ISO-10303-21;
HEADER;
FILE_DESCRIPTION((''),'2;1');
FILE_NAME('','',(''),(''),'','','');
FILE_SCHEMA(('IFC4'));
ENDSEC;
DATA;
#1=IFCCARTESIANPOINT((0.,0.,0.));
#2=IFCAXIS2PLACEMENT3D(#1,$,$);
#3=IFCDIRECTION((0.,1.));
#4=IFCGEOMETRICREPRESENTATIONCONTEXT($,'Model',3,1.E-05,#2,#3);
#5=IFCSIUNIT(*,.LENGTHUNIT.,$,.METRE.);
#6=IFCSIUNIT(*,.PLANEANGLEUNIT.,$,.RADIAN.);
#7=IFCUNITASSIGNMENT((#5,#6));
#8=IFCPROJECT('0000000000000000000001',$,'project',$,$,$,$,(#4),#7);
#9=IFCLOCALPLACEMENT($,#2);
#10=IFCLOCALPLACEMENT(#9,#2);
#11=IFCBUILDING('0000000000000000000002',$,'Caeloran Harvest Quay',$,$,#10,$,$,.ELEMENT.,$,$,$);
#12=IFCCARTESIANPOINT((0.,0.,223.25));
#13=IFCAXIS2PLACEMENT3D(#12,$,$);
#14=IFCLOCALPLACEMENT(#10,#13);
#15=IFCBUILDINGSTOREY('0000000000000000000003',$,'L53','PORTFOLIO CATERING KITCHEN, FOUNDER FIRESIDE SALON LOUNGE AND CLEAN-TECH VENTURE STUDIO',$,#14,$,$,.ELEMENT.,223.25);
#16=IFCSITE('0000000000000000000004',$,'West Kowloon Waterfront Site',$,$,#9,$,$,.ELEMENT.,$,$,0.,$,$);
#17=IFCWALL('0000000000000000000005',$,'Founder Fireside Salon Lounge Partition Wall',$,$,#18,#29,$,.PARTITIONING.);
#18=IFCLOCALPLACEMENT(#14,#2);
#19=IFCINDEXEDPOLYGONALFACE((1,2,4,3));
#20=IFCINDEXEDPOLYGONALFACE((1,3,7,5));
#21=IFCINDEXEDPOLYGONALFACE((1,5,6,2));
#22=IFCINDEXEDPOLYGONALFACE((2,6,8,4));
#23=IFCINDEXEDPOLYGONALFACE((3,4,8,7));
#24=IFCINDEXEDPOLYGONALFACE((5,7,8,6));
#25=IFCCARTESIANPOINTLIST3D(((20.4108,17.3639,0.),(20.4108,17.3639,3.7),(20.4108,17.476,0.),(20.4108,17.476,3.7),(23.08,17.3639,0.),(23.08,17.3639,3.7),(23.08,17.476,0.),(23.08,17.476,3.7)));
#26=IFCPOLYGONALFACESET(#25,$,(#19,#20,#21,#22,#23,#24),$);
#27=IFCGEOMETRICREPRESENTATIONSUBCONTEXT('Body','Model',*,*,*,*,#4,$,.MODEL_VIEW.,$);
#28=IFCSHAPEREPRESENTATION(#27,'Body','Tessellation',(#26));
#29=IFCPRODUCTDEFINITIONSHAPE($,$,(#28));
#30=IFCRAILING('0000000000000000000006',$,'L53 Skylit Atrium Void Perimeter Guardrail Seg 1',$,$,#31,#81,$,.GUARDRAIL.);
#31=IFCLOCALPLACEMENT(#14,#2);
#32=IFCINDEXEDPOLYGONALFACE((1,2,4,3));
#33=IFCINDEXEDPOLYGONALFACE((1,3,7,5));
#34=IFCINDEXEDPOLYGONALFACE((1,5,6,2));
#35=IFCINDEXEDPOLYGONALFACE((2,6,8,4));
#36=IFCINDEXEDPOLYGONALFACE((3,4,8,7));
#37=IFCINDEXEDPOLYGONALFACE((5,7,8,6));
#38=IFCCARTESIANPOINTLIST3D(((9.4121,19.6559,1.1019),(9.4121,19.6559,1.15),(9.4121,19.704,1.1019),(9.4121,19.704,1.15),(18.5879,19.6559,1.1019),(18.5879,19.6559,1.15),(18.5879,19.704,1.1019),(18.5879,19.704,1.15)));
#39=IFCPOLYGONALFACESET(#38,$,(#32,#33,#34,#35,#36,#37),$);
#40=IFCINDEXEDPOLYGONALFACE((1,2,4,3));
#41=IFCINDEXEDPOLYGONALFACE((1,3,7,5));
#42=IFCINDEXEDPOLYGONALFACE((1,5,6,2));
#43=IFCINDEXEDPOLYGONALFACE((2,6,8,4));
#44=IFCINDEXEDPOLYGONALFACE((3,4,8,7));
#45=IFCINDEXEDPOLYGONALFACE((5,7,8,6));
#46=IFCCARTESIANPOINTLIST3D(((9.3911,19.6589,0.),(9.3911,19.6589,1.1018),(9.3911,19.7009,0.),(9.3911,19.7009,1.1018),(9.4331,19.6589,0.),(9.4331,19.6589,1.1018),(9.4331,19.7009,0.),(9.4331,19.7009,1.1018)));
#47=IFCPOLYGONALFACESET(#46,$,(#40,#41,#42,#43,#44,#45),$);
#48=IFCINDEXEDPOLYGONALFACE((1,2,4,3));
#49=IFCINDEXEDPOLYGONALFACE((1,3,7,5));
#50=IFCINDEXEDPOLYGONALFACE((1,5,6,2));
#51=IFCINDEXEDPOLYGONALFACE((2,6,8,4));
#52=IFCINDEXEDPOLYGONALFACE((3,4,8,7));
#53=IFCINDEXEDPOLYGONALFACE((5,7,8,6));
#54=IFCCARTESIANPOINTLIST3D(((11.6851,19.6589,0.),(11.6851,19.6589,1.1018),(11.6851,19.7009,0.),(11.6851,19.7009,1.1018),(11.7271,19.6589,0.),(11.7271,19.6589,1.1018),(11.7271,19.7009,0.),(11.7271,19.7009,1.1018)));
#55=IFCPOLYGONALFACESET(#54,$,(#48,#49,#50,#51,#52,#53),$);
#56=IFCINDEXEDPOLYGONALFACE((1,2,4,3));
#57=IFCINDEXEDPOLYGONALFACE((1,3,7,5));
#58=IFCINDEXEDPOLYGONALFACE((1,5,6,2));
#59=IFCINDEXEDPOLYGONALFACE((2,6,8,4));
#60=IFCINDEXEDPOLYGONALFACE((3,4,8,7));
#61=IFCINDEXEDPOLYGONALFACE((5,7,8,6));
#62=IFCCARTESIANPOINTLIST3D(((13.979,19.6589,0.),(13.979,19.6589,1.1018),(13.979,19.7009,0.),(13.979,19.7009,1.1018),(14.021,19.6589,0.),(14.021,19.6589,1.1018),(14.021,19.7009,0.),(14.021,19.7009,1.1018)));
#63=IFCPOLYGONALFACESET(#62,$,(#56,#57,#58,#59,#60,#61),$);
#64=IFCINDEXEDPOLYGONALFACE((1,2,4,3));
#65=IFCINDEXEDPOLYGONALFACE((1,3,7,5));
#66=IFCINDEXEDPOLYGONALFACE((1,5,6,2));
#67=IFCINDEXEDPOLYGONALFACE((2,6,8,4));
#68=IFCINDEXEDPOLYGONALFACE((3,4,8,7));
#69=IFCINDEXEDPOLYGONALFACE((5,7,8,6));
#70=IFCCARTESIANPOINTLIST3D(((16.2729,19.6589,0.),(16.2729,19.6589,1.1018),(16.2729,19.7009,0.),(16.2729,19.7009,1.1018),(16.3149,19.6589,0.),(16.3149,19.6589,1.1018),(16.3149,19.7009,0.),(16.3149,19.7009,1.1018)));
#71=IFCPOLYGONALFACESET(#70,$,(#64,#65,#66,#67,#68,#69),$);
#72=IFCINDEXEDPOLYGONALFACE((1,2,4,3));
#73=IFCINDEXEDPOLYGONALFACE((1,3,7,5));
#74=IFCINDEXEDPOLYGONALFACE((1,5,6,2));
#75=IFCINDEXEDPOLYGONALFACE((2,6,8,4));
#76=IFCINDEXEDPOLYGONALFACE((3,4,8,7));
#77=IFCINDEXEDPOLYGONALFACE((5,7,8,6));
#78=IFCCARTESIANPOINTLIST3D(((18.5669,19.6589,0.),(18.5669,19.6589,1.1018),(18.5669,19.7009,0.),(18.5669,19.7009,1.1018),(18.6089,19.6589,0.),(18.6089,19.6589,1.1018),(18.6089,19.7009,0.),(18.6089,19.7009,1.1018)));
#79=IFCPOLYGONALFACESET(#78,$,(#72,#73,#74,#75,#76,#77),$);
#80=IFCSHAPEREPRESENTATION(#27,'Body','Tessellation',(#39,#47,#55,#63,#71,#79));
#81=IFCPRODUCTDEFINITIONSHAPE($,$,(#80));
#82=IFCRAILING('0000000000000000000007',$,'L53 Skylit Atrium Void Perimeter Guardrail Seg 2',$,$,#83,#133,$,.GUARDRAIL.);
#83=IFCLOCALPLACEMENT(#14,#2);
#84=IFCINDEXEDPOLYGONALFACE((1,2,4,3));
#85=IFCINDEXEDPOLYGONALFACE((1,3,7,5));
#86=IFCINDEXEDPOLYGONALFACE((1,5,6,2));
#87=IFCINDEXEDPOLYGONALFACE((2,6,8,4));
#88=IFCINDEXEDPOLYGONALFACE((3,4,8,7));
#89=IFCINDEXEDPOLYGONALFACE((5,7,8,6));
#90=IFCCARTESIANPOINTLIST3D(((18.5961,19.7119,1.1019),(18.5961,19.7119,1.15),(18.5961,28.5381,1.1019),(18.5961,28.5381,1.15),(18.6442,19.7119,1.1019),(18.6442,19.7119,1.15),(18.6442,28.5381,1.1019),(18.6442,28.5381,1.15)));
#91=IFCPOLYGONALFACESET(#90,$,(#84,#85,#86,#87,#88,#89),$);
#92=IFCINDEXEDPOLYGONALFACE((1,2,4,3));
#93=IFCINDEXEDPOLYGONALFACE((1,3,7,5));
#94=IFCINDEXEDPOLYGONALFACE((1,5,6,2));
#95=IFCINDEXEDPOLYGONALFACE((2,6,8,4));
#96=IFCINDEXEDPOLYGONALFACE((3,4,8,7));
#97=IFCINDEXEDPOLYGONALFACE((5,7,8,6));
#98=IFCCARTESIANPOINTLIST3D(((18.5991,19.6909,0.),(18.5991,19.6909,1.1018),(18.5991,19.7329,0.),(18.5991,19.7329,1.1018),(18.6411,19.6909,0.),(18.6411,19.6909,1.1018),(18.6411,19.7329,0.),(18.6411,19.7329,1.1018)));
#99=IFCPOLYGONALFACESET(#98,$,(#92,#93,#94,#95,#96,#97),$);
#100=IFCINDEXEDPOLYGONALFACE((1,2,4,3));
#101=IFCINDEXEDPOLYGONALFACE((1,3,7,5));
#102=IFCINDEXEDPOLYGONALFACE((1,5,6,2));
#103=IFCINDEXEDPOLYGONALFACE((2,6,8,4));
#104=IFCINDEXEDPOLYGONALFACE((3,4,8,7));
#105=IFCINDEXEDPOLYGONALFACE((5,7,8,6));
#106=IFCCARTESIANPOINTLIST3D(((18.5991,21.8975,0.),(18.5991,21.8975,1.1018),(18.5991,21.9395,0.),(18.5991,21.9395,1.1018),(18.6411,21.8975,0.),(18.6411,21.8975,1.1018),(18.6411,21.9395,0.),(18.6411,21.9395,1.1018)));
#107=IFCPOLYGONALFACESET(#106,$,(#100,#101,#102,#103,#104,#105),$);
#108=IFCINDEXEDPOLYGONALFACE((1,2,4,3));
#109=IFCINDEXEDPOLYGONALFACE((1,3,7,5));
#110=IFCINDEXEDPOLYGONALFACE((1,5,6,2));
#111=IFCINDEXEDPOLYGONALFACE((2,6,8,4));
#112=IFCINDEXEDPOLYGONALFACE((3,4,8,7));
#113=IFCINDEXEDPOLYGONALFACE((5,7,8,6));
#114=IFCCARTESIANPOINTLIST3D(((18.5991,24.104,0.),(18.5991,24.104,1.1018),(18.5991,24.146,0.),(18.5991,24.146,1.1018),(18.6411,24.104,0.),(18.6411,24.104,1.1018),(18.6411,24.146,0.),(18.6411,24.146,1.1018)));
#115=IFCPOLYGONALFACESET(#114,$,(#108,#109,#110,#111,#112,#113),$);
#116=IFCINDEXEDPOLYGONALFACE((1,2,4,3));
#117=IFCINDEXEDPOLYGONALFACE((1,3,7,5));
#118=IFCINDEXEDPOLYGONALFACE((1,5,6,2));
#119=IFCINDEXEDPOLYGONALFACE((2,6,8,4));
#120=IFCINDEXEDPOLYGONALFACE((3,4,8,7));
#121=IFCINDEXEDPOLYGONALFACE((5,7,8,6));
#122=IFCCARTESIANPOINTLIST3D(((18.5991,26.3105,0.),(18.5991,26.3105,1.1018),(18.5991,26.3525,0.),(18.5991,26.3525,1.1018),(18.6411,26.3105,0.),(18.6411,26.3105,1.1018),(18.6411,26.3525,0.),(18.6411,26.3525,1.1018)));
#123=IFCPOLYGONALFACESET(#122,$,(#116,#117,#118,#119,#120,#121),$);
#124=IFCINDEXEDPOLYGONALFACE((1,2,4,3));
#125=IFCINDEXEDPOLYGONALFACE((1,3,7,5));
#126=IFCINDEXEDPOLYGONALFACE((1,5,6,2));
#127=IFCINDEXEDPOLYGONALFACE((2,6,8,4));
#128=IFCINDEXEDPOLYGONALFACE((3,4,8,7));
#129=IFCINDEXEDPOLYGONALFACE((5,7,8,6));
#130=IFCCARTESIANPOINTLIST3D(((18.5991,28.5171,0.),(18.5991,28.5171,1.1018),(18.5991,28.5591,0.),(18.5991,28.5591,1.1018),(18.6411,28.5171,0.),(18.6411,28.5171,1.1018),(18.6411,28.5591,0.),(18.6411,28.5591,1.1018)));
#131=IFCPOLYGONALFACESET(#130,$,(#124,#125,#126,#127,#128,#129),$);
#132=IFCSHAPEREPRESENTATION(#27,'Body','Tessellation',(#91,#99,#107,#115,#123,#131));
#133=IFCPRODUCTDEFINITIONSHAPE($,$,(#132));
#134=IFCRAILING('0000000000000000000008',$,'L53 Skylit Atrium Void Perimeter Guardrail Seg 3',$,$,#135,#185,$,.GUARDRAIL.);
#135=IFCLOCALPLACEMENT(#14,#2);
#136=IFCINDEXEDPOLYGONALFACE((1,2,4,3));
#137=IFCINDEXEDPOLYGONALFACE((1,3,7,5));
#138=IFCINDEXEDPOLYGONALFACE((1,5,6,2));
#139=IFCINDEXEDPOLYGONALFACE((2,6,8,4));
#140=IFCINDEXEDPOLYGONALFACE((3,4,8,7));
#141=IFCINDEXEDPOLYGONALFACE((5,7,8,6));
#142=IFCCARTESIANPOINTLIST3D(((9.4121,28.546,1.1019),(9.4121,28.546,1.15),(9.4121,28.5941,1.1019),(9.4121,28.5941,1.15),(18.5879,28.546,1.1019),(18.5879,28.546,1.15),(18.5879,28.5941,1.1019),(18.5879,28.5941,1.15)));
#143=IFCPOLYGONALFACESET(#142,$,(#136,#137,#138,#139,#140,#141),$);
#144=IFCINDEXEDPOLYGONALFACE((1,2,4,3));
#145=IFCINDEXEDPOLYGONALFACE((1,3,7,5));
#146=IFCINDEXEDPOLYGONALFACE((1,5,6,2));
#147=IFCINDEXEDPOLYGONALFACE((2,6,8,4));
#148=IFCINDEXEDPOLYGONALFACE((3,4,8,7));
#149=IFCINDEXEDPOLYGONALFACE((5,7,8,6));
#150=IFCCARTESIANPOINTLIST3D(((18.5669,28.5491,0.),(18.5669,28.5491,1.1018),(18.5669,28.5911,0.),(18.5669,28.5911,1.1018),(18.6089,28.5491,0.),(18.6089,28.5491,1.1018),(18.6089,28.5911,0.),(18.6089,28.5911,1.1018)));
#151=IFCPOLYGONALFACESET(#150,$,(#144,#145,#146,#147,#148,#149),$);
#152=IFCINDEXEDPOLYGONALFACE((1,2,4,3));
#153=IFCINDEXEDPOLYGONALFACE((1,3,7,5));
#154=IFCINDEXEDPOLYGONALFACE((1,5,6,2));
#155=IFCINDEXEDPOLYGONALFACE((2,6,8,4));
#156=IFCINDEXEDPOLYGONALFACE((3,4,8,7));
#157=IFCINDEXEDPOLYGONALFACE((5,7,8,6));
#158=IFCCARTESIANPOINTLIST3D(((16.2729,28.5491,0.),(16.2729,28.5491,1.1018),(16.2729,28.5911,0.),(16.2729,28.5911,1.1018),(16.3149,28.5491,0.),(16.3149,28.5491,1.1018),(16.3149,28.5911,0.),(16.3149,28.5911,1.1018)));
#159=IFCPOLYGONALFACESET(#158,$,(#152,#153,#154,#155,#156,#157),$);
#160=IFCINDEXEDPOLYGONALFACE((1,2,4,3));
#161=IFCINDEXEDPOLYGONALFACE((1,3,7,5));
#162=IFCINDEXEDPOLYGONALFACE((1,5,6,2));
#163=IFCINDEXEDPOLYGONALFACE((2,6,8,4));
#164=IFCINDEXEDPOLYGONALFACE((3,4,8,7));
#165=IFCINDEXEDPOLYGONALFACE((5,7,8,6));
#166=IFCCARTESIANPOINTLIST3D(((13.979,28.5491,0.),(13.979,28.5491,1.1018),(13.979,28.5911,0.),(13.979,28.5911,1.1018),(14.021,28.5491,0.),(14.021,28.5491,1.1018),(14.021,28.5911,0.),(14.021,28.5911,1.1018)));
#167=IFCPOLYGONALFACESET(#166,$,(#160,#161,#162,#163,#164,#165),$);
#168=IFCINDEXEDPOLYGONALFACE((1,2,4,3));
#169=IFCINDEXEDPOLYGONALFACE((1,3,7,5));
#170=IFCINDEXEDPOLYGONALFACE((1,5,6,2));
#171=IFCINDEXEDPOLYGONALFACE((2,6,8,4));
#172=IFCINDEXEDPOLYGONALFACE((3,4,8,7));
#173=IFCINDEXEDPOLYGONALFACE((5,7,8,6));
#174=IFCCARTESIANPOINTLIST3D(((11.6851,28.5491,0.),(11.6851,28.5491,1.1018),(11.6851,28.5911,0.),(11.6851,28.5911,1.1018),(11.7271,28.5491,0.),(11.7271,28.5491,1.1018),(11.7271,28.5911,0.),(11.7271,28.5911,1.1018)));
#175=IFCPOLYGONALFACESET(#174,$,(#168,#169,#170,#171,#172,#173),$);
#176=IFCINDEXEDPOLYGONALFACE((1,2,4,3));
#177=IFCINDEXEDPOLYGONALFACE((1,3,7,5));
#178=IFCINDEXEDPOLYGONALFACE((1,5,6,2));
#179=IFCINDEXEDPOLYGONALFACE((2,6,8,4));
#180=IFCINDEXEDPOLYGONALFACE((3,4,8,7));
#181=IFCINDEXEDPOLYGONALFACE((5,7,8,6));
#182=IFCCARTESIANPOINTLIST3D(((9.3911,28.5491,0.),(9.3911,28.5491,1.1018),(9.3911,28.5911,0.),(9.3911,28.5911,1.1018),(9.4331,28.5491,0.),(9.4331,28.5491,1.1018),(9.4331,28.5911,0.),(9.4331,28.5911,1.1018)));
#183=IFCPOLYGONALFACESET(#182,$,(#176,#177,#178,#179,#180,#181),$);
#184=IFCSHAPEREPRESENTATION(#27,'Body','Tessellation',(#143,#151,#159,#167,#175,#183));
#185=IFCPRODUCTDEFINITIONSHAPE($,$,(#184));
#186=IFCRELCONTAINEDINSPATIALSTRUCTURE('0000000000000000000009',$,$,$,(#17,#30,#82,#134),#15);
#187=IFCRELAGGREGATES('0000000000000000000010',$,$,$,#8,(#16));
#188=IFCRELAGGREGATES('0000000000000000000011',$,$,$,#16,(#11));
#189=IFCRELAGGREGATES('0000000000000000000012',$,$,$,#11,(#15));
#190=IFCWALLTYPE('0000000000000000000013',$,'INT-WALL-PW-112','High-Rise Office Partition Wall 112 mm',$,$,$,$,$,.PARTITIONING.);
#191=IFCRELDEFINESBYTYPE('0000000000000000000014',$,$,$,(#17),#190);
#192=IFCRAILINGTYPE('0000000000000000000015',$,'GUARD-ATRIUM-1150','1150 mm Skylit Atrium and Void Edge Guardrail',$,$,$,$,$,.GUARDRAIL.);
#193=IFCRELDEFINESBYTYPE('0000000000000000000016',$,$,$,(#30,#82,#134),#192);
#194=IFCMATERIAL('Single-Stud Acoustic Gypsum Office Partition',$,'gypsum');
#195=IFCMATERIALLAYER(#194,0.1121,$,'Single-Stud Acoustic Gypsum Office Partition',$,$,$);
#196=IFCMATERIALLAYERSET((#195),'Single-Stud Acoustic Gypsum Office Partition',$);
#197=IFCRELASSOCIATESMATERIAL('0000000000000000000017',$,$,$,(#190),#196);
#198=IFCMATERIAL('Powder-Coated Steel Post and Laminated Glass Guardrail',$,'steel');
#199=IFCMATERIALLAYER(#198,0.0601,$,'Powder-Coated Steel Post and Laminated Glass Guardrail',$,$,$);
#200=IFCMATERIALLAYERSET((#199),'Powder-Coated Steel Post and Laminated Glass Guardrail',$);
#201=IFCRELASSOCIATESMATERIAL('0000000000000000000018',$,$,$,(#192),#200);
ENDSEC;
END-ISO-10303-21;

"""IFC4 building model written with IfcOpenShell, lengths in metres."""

from ifc_helpers import new_model, si_unit, direction, frame, frame_2d, origin, origin_2d, place, context, subcontext, project, spatial, rectangle, extrude, material, layer, layer_set, type_object, element, save


model = new_model("IFC4")

# Units and contexts
model_context = context("Model", 3, precision=1e-05, world=origin(), true_north=direction((0.0, 1.0)))
body_context = subcontext(model_context, "Body", "Model", "MODEL_VIEW")
ifc_project = project(units=[si_unit("LENGTHUNIT", "METRE"), si_unit("PLANEANGLEUNIT", "RADIAN")], contexts=[model_context])

# Site, building, storey
site_placement = place(None, origin())
site = spatial("IfcSite", under=ifc_project, at=site_placement, Name="West Kowloon Waterfront Site", CompositionType="ELEMENT", RefElevation=0.0)
building_placement = place(site_placement, origin())
building = spatial("IfcBuilding", under=site, at=building_placement, Name="Caeloran Harvest Quay", CompositionType="ELEMENT")
storey_placement = place(building_placement, frame((0.0, 0.0, 223.25)))
storey = spatial("IfcBuildingStorey", under=building, at=storey_placement, Name="L53", Description="PORTFOLIO CATERING KITCHEN, FOUNDER FIRESIDE SALON LOUNGE AND CLEAN-TECH VENTURE STUDIO", CompositionType="ELEMENT", Elevation=223.25)

# Wall
ifc_material_1 = material(Name="Single-Stud Acoustic Gypsum Office Partition", Category="gypsum")
ifc_layer_1 = layer(ifc_material_1, 0.1121, Name="Single-Stud Acoustic Gypsum Office Partition")
ifc_layer_set_1 = layer_set([ifc_layer_1], Name="Single-Stud Acoustic Gypsum Office Partition")
wall_type_1 = type_object("IfcWallType", Name="INT-WALL-PW-112", Description="High-Rise Office Partition Wall 112 mm", PredefinedType="PARTITIONING", material=ifc_layer_set_1)
wall_1_placement = place(storey_placement, frame((20.4109, 17.4199, 0.0), z_axis=(0.0, 0.0, 1.0), x_axis=(1.0, 0.0, 0.0)))
element("IfcWall", 1, at=wall_1_placement, inside=storey, type_object=wall_type_1, Name="Founder Fireside Salon Lounge Partition Wall", PredefinedType="PARTITIONING", context=body_context, shape_type="SweptSolid", body=[
    extrude(rectangle(XDim=2.6692, YDim=0.1121, at=frame_2d((1.3345, 0.0))), origin(), (0.0, 0.0, 1.0), 3.7),
])

# Railings
ifc_material_2 = material(Name="Powder-Coated Steel Post and Laminated Glass Guardrail", Category="steel")
ifc_layer_2 = layer(ifc_material_2, 0.0601, Name="Powder-Coated Steel Post and Laminated Glass Guardrail")
ifc_layer_set_2 = layer_set([ifc_layer_2], Name="Powder-Coated Steel Post and Laminated Glass Guardrail")
railing_type = type_object("IfcRailingType", Name="GUARD-ATRIUM-1150", Description="1150 mm Skylit Atrium and Void Edge Guardrail", PredefinedType="GUARDRAIL", material=ifc_layer_set_2)
railing_1_placement = place(storey_placement, frame((9.4121, 19.6799, 0.0)))
element("IfcRailing", 2, at=railing_1_placement, inside=storey, type_object=railing_type, Name="L53 Skylit Atrium Void Perimeter Guardrail Seg 1", PredefinedType="GUARDRAIL", context=body_context, shape_type="SweptSolid", body=[
    extrude(rectangle(XDim=0.0481, YDim=0.0481, at=origin_2d()), frame((0.0, 0.0, 1.126), z_axis=(1.0, 0.0, 0.0), x_axis=(0.0, 1.0, 0.0)), (0.0, 0.0, 1.0), 9.1758),
    extrude(rectangle(XDim=0.042, YDim=0.042, at=origin_2d()), origin(), (0.0, 0.0, 1.0), 1.1018),
    extrude(rectangle(XDim=0.042, YDim=0.042, at=origin_2d()), frame((2.2939, 0.0, 0.0)), (0.0, 0.0, 1.0), 1.1018),
    extrude(rectangle(XDim=0.042, YDim=0.042, at=origin_2d()), frame((4.5879, 0.0, 0.0)), (0.0, 0.0, 1.0), 1.1018),
    extrude(rectangle(XDim=0.042, YDim=0.042, at=origin_2d()), frame((6.8818, 0.0, 0.0)), (0.0, 0.0, 1.0), 1.1018),
    extrude(rectangle(XDim=0.042, YDim=0.042, at=origin_2d()), frame((9.1758, 0.0, 0.0)), (0.0, 0.0, 1.0), 1.1018),
])
railing_2_placement = place(storey_placement, frame((18.6201, 19.7119, 0.0)))
element("IfcRailing", 3, at=railing_2_placement, inside=storey, type_object=railing_type, Name="L53 Skylit Atrium Void Perimeter Guardrail Seg 2", PredefinedType="GUARDRAIL", context=body_context, shape_type="SweptSolid", body=[
    extrude(rectangle(XDim=0.0481, YDim=0.0481, at=origin_2d()), frame((0.0, 0.0, 1.126), z_axis=(0.0, 1.0, 0.0), x_axis=(-1.0, 0.0, 0.0)), (0.0, 0.0, 1.0), 8.8262),
    extrude(rectangle(XDim=0.042, YDim=0.042, at=origin_2d()), origin(), (0.0, 0.0, 1.0), 1.1018),
    extrude(rectangle(XDim=0.042, YDim=0.042, at=origin_2d()), frame((0.0, 2.2065, 0.0)), (0.0, 0.0, 1.0), 1.1018),
    extrude(rectangle(XDim=0.042, YDim=0.042, at=origin_2d()), frame((0.0, 4.4131, 0.0)), (0.0, 0.0, 1.0), 1.1018),
    extrude(rectangle(XDim=0.042, YDim=0.042, at=origin_2d()), frame((0.0, 6.6196, 0.0)), (0.0, 0.0, 1.0), 1.1018),
    extrude(rectangle(XDim=0.042, YDim=0.042, at=origin_2d()), frame((0.0, 8.8262, 0.0)), (0.0, 0.0, 1.0), 1.1018),
])
railing_3_placement = place(storey_placement, frame((18.5879, 28.5701, 0.0)))
element("IfcRailing", 4, at=railing_3_placement, inside=storey, type_object=railing_type, Name="L53 Skylit Atrium Void Perimeter Guardrail Seg 3", PredefinedType="GUARDRAIL", context=body_context, shape_type="SweptSolid", body=[
    extrude(rectangle(XDim=0.0481, YDim=0.0481, at=origin_2d()), frame((0.0, 0.0, 1.126), z_axis=(-1.0, 0.0, 0.0), x_axis=(0.0, -1.0, 0.0)), (0.0, 0.0, 1.0), 9.1758),
    extrude(rectangle(XDim=0.042, YDim=0.042, at=origin_2d()), origin(), (0.0, 0.0, 1.0), 1.1018),
    extrude(rectangle(XDim=0.042, YDim=0.042, at=origin_2d()), frame((-2.2939, 0.0, 0.0)), (0.0, 0.0, 1.0), 1.1018),
    extrude(rectangle(XDim=0.042, YDim=0.042, at=origin_2d()), frame((-4.5879, 0.0, 0.0)), (0.0, 0.0, 1.0), 1.1018),
    extrude(rectangle(XDim=0.042, YDim=0.042, at=origin_2d()), frame((-6.8818, 0.0, 0.0)), (0.0, 0.0, 1.0), 1.1018),
    extrude(rectangle(XDim=0.042, YDim=0.042, at=origin_2d()), frame((-9.1758, 0.0, 0.0)), (0.0, 0.0, 1.0), 1.1018),
])

save(model, "model.ifc")
